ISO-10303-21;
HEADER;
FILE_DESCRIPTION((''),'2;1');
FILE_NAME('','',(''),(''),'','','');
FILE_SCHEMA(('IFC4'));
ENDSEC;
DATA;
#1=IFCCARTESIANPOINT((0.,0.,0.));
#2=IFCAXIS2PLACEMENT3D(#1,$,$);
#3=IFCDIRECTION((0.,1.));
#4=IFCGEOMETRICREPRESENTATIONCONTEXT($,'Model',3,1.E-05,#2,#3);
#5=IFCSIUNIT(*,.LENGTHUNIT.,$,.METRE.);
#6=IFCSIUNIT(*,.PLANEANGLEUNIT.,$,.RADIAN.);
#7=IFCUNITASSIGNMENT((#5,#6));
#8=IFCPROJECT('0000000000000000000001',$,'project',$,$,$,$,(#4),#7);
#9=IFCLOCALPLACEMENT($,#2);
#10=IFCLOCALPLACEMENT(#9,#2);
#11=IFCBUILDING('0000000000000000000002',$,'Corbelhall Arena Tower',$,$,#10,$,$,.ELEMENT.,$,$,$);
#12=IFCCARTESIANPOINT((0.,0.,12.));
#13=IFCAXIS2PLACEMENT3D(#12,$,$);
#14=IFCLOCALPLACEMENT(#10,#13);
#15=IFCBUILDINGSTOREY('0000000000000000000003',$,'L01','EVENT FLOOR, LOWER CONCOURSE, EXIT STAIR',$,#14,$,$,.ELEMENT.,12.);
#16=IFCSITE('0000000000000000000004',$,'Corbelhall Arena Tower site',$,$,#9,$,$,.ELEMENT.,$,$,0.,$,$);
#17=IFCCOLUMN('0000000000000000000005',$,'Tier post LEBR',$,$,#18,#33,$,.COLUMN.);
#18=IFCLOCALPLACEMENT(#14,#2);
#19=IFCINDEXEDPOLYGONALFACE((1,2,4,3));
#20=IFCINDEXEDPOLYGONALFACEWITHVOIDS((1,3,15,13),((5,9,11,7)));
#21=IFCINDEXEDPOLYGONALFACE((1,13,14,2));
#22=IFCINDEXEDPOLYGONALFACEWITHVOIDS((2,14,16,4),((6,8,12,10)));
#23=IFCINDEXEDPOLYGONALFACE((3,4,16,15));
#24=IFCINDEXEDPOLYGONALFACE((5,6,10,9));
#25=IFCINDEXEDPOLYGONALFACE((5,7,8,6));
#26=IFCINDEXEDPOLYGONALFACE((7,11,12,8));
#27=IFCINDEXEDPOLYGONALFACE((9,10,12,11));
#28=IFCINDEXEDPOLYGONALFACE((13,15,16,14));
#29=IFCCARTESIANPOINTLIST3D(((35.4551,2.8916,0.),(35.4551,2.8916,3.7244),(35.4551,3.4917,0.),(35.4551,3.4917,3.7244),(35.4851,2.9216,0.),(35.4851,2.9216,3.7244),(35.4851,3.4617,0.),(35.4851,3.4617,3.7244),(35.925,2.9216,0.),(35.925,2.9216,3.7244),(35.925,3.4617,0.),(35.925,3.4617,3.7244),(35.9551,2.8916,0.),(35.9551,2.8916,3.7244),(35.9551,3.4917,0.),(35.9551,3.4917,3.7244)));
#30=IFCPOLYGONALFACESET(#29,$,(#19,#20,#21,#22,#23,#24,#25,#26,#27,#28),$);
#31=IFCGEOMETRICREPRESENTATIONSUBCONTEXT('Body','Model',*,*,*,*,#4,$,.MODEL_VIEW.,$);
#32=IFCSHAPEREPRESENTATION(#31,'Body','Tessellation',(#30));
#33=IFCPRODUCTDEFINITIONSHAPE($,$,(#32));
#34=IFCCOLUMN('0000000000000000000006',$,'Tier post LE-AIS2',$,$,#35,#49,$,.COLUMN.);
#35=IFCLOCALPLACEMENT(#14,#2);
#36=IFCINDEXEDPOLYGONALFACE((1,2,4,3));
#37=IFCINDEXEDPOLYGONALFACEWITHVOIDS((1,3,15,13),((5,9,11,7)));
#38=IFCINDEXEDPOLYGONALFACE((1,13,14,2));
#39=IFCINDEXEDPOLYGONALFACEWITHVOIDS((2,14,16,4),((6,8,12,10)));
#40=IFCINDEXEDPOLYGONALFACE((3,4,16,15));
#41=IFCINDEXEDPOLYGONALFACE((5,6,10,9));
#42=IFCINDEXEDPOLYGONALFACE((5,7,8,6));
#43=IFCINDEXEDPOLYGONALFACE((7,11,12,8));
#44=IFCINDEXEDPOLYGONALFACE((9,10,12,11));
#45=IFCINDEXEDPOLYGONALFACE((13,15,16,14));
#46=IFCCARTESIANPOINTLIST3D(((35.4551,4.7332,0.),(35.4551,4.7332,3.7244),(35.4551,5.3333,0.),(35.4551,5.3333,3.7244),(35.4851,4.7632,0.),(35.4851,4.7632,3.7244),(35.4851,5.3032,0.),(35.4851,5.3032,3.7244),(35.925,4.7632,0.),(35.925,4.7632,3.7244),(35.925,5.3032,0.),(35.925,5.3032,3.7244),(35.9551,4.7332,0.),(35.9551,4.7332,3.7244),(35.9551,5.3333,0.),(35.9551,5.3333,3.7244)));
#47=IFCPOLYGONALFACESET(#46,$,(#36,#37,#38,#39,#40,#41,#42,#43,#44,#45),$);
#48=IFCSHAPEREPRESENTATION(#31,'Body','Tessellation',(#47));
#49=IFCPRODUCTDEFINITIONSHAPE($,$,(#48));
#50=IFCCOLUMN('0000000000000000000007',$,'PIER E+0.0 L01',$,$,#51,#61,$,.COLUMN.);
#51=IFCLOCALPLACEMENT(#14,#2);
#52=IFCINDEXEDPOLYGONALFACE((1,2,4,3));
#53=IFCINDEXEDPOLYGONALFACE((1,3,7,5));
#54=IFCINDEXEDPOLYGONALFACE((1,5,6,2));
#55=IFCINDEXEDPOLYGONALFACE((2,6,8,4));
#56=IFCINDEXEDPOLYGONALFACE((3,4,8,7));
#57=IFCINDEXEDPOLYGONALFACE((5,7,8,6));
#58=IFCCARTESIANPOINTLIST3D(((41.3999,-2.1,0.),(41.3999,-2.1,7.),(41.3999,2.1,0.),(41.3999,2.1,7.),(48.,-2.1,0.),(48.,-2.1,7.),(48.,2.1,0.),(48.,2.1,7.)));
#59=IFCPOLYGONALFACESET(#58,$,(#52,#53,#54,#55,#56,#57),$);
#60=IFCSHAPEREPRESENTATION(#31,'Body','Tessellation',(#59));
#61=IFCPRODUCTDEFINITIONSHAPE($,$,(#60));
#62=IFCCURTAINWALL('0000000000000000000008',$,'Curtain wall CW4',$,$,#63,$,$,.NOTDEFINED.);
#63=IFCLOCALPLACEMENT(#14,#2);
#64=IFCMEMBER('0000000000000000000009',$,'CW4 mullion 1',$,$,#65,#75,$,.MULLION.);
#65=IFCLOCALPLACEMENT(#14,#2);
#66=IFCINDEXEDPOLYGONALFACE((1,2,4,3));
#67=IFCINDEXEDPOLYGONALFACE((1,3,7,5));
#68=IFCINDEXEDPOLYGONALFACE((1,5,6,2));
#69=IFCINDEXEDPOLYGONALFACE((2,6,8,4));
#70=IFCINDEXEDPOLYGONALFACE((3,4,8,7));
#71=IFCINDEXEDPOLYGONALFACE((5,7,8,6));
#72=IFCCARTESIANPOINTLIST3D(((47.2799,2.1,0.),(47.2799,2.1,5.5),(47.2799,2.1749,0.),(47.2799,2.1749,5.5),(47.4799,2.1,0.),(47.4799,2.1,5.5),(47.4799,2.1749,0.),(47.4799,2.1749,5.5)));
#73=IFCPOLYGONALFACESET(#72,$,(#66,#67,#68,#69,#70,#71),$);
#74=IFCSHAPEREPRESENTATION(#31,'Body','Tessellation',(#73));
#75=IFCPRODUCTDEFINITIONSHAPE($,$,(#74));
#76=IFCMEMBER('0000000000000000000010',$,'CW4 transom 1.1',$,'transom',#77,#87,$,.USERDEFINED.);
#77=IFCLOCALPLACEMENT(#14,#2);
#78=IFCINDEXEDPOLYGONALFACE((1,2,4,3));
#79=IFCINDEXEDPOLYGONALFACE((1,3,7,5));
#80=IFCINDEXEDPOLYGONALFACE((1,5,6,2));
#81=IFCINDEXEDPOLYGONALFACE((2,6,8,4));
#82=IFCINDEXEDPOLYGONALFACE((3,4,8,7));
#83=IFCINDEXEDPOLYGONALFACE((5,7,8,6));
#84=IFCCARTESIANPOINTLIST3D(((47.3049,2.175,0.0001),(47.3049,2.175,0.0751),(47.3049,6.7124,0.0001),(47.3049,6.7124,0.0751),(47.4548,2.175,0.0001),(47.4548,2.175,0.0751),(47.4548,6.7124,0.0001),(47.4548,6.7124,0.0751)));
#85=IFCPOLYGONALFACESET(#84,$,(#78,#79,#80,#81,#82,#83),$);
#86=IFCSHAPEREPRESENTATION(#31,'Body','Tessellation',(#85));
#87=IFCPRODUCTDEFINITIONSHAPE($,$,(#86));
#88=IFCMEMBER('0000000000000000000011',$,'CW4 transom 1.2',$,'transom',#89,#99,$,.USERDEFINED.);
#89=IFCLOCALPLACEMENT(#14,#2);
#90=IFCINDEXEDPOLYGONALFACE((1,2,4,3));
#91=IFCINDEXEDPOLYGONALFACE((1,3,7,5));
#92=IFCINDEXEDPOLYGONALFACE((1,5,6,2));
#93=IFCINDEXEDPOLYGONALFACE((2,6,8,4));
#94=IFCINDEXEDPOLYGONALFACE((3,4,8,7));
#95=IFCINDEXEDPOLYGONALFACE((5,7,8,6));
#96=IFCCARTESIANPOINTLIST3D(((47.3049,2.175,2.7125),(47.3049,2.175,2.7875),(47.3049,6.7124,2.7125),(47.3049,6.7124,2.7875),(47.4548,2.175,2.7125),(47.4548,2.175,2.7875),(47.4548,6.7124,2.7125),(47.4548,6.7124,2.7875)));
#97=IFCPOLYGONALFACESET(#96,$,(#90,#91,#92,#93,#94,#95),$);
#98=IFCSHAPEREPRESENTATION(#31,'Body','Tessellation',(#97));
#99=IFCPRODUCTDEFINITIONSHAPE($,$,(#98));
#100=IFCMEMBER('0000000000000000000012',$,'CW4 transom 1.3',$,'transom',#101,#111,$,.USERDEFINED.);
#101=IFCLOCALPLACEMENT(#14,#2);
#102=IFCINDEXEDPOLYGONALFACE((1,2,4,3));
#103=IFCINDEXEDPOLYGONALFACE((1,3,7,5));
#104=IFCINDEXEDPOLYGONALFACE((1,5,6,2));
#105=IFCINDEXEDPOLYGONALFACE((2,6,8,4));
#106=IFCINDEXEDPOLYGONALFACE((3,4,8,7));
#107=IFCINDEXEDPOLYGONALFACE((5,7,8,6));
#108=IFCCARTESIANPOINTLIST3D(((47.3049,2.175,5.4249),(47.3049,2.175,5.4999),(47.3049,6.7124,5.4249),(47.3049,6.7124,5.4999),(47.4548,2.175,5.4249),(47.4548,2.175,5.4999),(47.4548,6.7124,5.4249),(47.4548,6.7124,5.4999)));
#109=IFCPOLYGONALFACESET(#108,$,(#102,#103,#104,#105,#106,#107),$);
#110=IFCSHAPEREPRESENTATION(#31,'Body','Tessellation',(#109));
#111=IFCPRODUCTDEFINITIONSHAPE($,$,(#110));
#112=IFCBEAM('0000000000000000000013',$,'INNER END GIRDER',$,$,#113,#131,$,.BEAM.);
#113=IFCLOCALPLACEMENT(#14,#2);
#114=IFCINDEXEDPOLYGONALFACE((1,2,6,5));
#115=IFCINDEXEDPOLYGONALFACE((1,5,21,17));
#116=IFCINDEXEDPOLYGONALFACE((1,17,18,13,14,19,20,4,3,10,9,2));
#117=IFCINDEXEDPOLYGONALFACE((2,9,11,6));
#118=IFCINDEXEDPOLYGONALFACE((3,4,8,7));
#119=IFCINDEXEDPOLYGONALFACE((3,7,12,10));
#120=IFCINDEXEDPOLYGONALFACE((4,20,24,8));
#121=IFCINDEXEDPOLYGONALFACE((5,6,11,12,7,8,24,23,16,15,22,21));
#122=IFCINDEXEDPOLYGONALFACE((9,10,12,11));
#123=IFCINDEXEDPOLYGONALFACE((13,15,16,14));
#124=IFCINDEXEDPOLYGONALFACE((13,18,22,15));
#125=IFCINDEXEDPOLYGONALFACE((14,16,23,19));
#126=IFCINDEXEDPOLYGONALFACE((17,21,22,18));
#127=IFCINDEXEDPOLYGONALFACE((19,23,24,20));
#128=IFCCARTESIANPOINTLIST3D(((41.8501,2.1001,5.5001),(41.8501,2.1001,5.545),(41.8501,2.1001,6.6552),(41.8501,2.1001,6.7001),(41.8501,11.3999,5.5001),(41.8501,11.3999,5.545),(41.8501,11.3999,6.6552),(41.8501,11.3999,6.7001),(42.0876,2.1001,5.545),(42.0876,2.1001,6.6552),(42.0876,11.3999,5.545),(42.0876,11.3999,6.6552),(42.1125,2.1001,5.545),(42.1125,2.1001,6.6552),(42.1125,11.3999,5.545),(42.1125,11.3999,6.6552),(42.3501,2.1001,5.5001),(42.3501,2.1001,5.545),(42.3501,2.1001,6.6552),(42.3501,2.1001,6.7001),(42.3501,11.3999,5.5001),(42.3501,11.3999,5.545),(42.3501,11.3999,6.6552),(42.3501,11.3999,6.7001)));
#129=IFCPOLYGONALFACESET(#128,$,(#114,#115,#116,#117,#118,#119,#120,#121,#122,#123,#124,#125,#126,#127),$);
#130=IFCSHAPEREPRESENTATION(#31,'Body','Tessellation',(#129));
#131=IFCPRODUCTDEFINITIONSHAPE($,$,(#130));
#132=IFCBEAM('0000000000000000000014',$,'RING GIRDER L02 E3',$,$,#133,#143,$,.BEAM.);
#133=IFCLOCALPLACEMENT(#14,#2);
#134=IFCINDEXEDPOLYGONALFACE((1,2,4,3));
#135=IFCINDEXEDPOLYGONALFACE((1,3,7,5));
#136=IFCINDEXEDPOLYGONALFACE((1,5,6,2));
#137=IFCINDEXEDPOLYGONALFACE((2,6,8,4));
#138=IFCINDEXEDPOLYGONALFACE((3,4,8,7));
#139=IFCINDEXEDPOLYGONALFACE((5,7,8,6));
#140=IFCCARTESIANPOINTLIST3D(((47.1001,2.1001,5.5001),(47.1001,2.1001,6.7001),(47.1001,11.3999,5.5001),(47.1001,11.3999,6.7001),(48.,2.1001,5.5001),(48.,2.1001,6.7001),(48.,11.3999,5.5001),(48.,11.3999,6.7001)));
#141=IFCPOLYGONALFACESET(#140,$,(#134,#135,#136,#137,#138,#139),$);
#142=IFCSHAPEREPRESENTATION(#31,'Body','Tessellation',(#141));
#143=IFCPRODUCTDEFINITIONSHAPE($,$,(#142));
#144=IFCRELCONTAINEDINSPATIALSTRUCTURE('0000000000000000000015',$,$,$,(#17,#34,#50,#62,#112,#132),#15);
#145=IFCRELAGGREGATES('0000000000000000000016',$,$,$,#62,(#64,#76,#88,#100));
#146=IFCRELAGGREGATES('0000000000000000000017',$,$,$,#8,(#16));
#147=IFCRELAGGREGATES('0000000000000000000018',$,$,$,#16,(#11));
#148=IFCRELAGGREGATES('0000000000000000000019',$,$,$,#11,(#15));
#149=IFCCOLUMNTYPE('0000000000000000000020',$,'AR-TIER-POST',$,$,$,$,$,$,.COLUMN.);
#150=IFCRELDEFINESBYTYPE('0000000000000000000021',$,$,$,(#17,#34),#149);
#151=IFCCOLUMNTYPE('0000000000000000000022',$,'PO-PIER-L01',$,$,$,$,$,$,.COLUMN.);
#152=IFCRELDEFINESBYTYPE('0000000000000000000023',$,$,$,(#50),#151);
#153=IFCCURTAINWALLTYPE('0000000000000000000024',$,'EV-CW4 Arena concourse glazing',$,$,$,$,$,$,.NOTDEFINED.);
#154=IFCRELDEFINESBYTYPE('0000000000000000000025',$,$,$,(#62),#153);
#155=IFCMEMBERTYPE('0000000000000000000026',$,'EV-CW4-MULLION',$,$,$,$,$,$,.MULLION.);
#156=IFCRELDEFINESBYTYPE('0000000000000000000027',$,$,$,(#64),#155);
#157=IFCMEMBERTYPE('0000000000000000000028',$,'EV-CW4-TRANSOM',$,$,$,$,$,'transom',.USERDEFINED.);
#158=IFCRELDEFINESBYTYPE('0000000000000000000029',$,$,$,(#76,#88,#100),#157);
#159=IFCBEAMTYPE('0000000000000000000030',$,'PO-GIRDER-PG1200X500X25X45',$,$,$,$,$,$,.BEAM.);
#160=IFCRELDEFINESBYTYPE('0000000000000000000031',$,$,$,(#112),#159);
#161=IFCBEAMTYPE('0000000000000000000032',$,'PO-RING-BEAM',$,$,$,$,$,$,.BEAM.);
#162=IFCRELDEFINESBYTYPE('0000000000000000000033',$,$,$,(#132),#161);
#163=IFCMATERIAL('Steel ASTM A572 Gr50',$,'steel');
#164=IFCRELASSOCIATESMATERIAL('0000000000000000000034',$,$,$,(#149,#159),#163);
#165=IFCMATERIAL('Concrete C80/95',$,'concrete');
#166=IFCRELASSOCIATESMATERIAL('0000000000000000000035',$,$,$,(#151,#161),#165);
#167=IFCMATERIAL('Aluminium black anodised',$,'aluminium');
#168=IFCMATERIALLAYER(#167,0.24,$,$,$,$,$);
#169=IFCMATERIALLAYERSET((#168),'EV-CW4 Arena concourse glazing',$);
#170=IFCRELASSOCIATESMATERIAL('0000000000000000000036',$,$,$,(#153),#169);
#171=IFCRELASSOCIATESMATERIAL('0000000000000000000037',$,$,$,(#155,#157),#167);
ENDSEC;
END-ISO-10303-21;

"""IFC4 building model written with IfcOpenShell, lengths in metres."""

from ifc_helpers import new_model, si_unit, direction, frame, origin, origin_2d, place, context, subcontext, project, spatial, rectangle, hollow_rectangle, i_section, extrude, material, layer, layer_set, material_profile, profile_set, type_object, element, aggregate, save


model = new_model("IFC4")

# Units and contexts
model_context = context("Model", 3, precision=1e-05, world=origin(), true_north=direction((0.0, 1.0)))
body_context = subcontext(model_context, "Body", "Model", "MODEL_VIEW")
ifc_project = project(units=[si_unit("LENGTHUNIT", "METRE"), si_unit("PLANEANGLEUNIT", "RADIAN")], contexts=[model_context])

# Site, building, storey
site_placement = place(None, origin())
site = spatial("IfcSite", under=ifc_project, at=site_placement, Name="Corbelhall Arena Tower site", CompositionType="ELEMENT", RefElevation=0.0)
building_placement = place(site_placement, origin())
building = spatial("IfcBuilding", under=site, at=building_placement, Name="Corbelhall Arena Tower", CompositionType="ELEMENT")
storey_placement = place(building_placement, frame((0.0, 0.0, 12.0)))
storey = spatial("IfcBuildingStorey", under=building, at=storey_placement, Name="L01", Description="EVENT FLOOR, LOWER CONCOURSE, EXIT STAIR", CompositionType="ELEMENT", Elevation=12.0)

# Columns
ifc_material_1 = material(Name="Steel ASTM A572 Gr50", Category="steel")
ifc_material_profile_1 = material_profile(ifc_material_1, hollow_rectangle(XDim=0.5, YDim=0.6001, WallThickness=0.03, at=origin_2d()))
ifc_profile_set_1 = profile_set([ifc_material_profile_1], Name="Steel ASTM A572 Gr50")
column_type_1 = type_object("IfcColumnType", Name="AR-TIER-POST", PredefinedType="COLUMN", material=ifc_profile_set_1)
for number, where, z_axis, x_axis, name in (
    (1, (35.7051, 3.1917, 0.0), (0.0, 0.0, 1.0), (1.0, 0.0, 0.0), "Tier post LEBR"),
    (2, (35.7051, 5.0332, 0.0), (0.0, 0.0, 1.0), (1.0, 0.0, 0.0), "Tier post LE-AIS2"),
):
    element("IfcColumn", number, at=place(storey_placement, frame(where, z_axis=z_axis, x_axis=x_axis)), inside=storey, type_object=column_type_1, Name=name, PredefinedType="COLUMN", context=body_context, shape_type="SweptSolid", body=[
        extrude(hollow_rectangle(XDim=0.5, YDim=0.6001, WallThickness=0.03, at=origin_2d()), origin(), (0.0, 0.0, 1.0), 3.7244),
    ])
ifc_material_2 = material(Name="Concrete C80/95", Category="concrete")
ifc_material_profile_2 = material_profile(ifc_material_2, rectangle(XDim=4.2, YDim=6.6001, at=origin_2d()))
ifc_profile_set_2 = profile_set([ifc_material_profile_2], Name="Concrete C80/95")
column_type_2 = type_object("IfcColumnType", Name="PO-PIER-L01", PredefinedType="COLUMN", material=ifc_profile_set_2)
column_placement = place(storey_placement, frame((44.7, 0.0, 0.0), z_axis=(0.0, 0.0, 1.0), x_axis=(0.0, 1.0, 0.0)))
element("IfcColumn", 3, at=column_placement, inside=storey, type_object=column_type_2, Name="PIER E+0.0 L01", PredefinedType="COLUMN", context=body_context, shape_type="SweptSolid", body=[
    extrude(rectangle(XDim=4.2, YDim=6.6001, at=origin_2d()), origin(), (0.0, 0.0, 1.0), 7.0),
])

# Curtain wall, members
ifc_material_3 = material(Name="Aluminium black anodised", Category="aluminium")
ifc_layer_1 = layer(ifc_material_3, 0.24)
ifc_layer_set_1 = layer_set([ifc_layer_1], Name="EV-CW4 Arena concourse glazing")
curtain_wall_type = type_object("IfcCurtainWallType", Name="EV-CW4 Arena concourse glazing", PredefinedType="NOTDEFINED", material=ifc_layer_set_1)
curtain_wall_placement = place(storey_placement, origin())
curtain_wall = element("IfcCurtainWall", 4, at=curtain_wall_placement, inside=storey, type_object=curtain_wall_type, Name="Curtain wall CW4", PredefinedType="NOTDEFINED")
ifc_material_profile_3 = material_profile(ifc_material_3, rectangle(XDim=0.2, YDim=0.075, at=origin_2d()))
ifc_profile_set_3 = profile_set([ifc_material_profile_3], Name="Aluminium black anodised")
member_type_1 = type_object("IfcMemberType", Name="EV-CW4-MULLION", PredefinedType="MULLION", material=ifc_profile_set_3)
member_1_placement = place(storey_placement, frame((47.3799, 2.1375, 0.0), z_axis=(0.0, 0.0, 1.0), x_axis=(-1.0, 0.0, 0.0)))
member_1 = element("IfcMember", 5, at=member_1_placement, type_object=member_type_1, Name="CW4 mullion 1", PredefinedType="MULLION", context=body_context, shape_type="SweptSolid", body=[
    extrude(rectangle(XDim=0.2, YDim=0.075, at=origin_2d()), origin(), (0.0, 0.0, 1.0), 5.5),
])
ifc_material_profile_4 = material_profile(ifc_material_3, rectangle(XDim=0.1499, YDim=0.075, at=origin_2d()))
ifc_profile_set_4 = profile_set([ifc_material_profile_4], Name="Aluminium black anodised")
member_type_2 = type_object("IfcMemberType", Name="EV-CW4-TRANSOM", ElementType="transom", PredefinedType="USERDEFINED", material=ifc_profile_set_4)
member_2_placement = place(storey_placement, frame((47.3799, 2.175, 0.0376), z_axis=(0.0, 1.0, 0.0), x_axis=(-1.0, 0.0, 0.0)))
member_2 = element("IfcMember", 6, at=member_2_placement, type_object=member_type_2, Name="CW4 transom 1.1", ObjectType="transom", PredefinedType="USERDEFINED", context=body_context, shape_type="SweptSolid", body=[
    extrude(rectangle(XDim=0.1499, YDim=0.075, at=origin_2d()), origin(), (0.0, 0.0, 1.0), 4.5374),
])
member_3_placement = place(storey_placement, frame((47.3799, 2.175, 2.75), z_axis=(0.0, 1.0, 0.0), x_axis=(-1.0, 0.0, 0.0)))
member_3 = element("IfcMember", 7, at=member_3_placement, type_object=member_type_2, Name="CW4 transom 1.2", ObjectType="transom", PredefinedType="USERDEFINED", context=body_context, shape_type="SweptSolid", body=[
    extrude(rectangle(XDim=0.1499, YDim=0.075, at=origin_2d()), origin(), (0.0, 0.0, 1.0), 4.5374),
])
member_4_placement = place(storey_placement, frame((47.3799, 2.175, 5.4624), z_axis=(0.0, 1.0, 0.0), x_axis=(-1.0, 0.0, 0.0)))
member_4 = element("IfcMember", 8, at=member_4_placement, type_object=member_type_2, Name="CW4 transom 1.3", ObjectType="transom", PredefinedType="USERDEFINED", context=body_context, shape_type="SweptSolid", body=[
    extrude(rectangle(XDim=0.1499, YDim=0.075, at=origin_2d()), origin(), (0.0, 0.0, 1.0), 4.5374),
])

# Beams
ifc_material_profile_5 = material_profile(ifc_material_1, i_section(OverallWidth=0.5, OverallDepth=1.2, WebThickness=0.0249, FlangeThickness=0.0449, at=origin_2d()))
ifc_profile_set_5 = profile_set([ifc_material_profile_5], Name="Steel ASTM A572 Gr50")
beam_type_1 = type_object("IfcBeamType", Name="PO-GIRDER-PG1200X500X25X45", PredefinedType="BEAM", material=ifc_profile_set_5)
beam_1_placement = place(storey_placement, frame((42.1001, 2.1001, 6.1001), z_axis=(0.0, 1.0, 0.0), x_axis=(-1.0, 0.0, 0.0)))
element("IfcBeam", 9, at=beam_1_placement, inside=storey, type_object=beam_type_1, Name="INNER END GIRDER", PredefinedType="BEAM", context=body_context, shape_type="SweptSolid", body=[
    extrude(i_section(OverallWidth=0.5, OverallDepth=1.2, WebThickness=0.0249, FlangeThickness=0.0449, at=origin_2d()), origin(), (0.0, 0.0, 1.0), 9.2998),
])
ifc_material_profile_6 = material_profile(ifc_material_2, rectangle(XDim=0.8999, YDim=1.2, at=origin_2d()))
ifc_profile_set_6 = profile_set([ifc_material_profile_6], Name="Concrete C80/95")
beam_type_2 = type_object("IfcBeamType", Name="PO-RING-BEAM", PredefinedType="BEAM", material=ifc_profile_set_6)
beam_2_placement = place(storey_placement, frame((47.55, 2.1001, 6.1001), z_axis=(0.0, 1.0, 0.0), x_axis=(-1.0, 0.0, 0.0)))
element("IfcBeam", 10, at=beam_2_placement, inside=storey, type_object=beam_type_2, Name="RING GIRDER L02 E3", PredefinedType="BEAM", context=body_context, shape_type="SweptSolid", body=[
    extrude(rectangle(XDim=0.8999, YDim=1.2, at=origin_2d()), origin(), (0.0, 0.0, 1.0), 9.2998),
])

aggregate(curtain_wall, [member_1, member_2, member_3, member_4])

save(model, "model.ifc")
